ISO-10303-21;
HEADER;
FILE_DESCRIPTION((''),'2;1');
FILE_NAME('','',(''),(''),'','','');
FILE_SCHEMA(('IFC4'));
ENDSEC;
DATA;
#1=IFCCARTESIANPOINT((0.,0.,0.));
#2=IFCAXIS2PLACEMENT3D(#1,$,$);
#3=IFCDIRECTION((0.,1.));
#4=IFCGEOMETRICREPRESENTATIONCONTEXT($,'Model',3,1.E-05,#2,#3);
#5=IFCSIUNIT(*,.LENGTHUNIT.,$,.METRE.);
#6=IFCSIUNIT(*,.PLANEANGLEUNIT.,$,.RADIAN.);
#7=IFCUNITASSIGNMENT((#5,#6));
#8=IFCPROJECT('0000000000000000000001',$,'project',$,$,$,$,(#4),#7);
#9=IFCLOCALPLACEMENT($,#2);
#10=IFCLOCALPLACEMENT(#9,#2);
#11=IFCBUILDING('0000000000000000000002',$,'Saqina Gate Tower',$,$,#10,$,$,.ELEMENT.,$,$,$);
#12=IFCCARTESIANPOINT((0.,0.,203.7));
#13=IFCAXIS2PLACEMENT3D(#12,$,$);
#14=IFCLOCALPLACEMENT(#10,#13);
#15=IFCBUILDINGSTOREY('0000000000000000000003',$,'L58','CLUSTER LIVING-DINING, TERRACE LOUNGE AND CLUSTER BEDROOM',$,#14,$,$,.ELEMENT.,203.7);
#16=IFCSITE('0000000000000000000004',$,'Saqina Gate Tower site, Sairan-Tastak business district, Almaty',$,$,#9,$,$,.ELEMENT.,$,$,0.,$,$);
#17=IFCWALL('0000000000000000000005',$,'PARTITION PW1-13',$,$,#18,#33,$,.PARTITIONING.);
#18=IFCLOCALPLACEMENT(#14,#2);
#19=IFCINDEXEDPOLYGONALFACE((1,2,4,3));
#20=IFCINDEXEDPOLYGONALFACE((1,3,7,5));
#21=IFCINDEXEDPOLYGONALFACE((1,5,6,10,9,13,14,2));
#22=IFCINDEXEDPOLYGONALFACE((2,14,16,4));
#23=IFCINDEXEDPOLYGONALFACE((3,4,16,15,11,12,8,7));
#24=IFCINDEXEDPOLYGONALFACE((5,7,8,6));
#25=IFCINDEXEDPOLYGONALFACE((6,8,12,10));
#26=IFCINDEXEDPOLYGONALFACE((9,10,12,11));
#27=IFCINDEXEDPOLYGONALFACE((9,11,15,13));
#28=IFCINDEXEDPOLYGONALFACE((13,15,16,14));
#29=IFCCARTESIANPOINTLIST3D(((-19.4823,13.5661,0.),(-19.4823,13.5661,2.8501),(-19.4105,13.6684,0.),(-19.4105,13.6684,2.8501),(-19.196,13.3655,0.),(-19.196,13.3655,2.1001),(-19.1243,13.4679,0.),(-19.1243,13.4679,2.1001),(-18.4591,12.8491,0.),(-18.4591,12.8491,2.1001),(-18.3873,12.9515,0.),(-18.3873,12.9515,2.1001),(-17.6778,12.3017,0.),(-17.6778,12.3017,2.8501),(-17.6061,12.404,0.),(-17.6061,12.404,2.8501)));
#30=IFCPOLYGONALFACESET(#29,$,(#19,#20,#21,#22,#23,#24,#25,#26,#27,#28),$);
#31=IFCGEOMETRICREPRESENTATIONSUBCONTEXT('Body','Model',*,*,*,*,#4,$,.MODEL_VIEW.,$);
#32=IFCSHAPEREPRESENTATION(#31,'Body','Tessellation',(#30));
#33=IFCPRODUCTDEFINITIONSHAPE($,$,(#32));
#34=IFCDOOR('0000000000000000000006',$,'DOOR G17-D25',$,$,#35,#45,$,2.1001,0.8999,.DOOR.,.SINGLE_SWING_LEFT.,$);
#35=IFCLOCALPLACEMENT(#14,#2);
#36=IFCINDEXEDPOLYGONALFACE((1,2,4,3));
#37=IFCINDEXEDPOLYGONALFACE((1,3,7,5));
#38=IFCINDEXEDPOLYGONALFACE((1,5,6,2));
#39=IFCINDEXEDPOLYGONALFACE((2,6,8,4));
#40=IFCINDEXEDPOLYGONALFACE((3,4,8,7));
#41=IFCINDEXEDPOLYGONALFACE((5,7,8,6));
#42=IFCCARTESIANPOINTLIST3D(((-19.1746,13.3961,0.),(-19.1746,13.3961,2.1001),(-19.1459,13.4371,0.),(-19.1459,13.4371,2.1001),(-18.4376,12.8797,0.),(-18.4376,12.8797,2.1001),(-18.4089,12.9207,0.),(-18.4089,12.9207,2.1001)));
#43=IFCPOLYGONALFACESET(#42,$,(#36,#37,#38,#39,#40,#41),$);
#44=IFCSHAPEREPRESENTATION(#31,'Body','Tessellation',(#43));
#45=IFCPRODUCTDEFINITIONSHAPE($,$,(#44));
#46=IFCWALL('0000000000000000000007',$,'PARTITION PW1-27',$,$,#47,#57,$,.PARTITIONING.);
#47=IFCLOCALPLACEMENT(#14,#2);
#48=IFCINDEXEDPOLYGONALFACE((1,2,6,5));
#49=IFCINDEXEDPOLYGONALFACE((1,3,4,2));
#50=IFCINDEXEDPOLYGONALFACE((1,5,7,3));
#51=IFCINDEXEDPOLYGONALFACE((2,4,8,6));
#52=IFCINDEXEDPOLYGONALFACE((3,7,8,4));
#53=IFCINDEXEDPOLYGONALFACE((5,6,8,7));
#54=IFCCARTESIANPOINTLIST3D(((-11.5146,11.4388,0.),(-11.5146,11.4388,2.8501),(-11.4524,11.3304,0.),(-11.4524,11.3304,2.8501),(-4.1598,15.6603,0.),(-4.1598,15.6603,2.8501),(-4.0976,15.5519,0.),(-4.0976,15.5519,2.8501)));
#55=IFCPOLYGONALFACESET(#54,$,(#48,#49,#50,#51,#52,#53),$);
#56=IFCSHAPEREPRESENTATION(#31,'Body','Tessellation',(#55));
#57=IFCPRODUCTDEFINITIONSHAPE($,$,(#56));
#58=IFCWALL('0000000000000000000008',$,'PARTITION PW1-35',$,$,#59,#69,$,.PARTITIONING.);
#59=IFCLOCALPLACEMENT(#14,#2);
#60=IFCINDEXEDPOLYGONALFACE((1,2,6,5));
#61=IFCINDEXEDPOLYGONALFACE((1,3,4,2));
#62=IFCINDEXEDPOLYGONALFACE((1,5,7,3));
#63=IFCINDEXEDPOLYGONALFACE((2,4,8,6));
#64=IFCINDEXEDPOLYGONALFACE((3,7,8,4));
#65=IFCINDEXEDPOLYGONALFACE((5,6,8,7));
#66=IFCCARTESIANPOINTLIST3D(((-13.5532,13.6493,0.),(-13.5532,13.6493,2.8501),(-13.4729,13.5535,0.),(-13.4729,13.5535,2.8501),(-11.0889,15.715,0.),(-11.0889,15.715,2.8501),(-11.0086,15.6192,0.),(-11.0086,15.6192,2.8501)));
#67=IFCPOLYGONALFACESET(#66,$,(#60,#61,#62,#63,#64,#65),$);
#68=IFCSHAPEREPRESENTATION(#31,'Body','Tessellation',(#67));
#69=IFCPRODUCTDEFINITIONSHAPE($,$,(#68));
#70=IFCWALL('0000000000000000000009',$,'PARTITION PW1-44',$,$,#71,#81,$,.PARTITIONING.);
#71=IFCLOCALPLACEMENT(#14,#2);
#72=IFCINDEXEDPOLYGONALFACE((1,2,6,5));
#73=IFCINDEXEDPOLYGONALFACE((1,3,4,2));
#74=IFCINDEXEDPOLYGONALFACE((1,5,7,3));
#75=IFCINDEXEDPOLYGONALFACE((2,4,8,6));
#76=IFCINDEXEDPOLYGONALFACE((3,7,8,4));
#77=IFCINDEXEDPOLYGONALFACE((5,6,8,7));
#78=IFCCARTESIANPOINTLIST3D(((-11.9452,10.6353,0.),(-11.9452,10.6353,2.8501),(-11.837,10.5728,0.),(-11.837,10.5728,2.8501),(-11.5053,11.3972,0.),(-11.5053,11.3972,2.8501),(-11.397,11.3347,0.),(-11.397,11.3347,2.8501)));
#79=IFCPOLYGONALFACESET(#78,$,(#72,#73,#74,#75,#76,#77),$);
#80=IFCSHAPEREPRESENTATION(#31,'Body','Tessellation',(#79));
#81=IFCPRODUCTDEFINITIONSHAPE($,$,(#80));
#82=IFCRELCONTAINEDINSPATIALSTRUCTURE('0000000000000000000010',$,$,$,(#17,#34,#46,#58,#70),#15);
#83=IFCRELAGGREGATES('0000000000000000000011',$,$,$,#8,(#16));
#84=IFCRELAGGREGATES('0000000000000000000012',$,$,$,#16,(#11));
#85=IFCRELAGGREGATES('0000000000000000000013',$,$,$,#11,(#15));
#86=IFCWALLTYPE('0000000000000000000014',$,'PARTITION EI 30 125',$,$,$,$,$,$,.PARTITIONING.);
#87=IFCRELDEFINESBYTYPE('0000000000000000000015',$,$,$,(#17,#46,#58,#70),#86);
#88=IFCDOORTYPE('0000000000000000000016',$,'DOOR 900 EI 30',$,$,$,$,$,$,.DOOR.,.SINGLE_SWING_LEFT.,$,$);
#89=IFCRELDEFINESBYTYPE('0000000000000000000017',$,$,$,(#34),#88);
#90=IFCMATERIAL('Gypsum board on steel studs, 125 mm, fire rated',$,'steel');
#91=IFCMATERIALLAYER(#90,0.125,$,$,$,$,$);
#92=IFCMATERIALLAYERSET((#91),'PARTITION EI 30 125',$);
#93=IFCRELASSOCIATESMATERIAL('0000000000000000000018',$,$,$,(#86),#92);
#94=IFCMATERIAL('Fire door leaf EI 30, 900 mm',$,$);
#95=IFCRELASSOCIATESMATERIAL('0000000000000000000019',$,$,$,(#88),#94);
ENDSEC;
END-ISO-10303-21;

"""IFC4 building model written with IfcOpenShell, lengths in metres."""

from ifc_helpers import new_model, si_unit, direction, frame, frame_2d, origin, place, context, subcontext, project, spatial, rectangle, extrude, material, layer, layer_set, type_object, element, fill, save


model = new_model("IFC4")

# Units and contexts
model_context = context("Model", 3, precision=1e-05, world=origin(), true_north=direction((0.0, 1.0)))
body_context = subcontext(model_context, "Body", "Model", "MODEL_VIEW")
ifc_project = project(units=[si_unit("LENGTHUNIT", "METRE"), si_unit("PLANEANGLEUNIT", "RADIAN")], contexts=[model_context])

# Site, building, storey
site_placement = place(None, origin())
site = spatial("IfcSite", under=ifc_project, at=site_placement, Name="Saqina Gate Tower site, Sairan-Tastak business district, Almaty", CompositionType="ELEMENT", RefElevation=0.0)
building_placement = place(site_placement, origin())
building = spatial("IfcBuilding", under=site, at=building_placement, Name="Saqina Gate Tower", CompositionType="ELEMENT")
storey_placement = place(building_placement, frame((0.0, 0.0, 203.7)))
storey = spatial("IfcBuildingStorey", under=building, at=storey_placement, Name="L58", Description="CLUSTER LIVING-DINING, TERRACE LOUNGE AND CLUSTER BEDROOM", CompositionType="ELEMENT", Elevation=203.7)

# Shared definitions
ifc_material_1 = material(Name="Gypsum board on steel studs, 125 mm, fire rated", Category="steel")
ifc_layer_1 = layer(ifc_material_1, 0.125)
ifc_layer_set_1 = layer_set([ifc_layer_1], Name="PARTITION EI 30 125")
wall_type_1 = type_object("IfcWallType", Name="PARTITION EI 30 125", PredefinedType="PARTITIONING", material=ifc_layer_set_1)

# Wall, opening, door
wall_1_placement = place(storey_placement, frame((-19.4463, 13.6172, 0.0), z_axis=(0.0, 0.0, 1.0), x_axis=(0.818956, -0.573856, 0.0)))
wall_1 = element("IfcWall", 1, at=wall_1_placement, inside=storey, type_object=wall_type_1, Name="PARTITION PW1-13", PredefinedType="PARTITIONING", context=body_context, shape_type="SweptSolid", body=[
    extrude(rectangle(XDim=2.2034, YDim=0.125, at=frame_2d((1.1016, 0.0))), origin(), (0.0, 0.0, 1.0), 2.8501),
])
opening_1_placement = place(wall_1_placement, frame((0.3494, 0.0, 0.0)))
opening_1 = element("IfcOpeningElement", 2, at=opening_1_placement, cuts=wall_1, PredefinedType="OPENING", context=body_context, shape_type="SweptSolid", body=[
    extrude(rectangle(XDim=0.8999, YDim=2.1001, at=frame_2d((0.45, 1.05))), frame((0.0, 0.0745, 0.0), z_axis=(0.0, -1.0, 0.0), x_axis=(1.0, 0.0, 0.0)), (0.0, 0.0, 1.0), 0.1489),
])
ifc_material_2 = material(Name="Fire door leaf EI 30, 900 mm")
door_type_1 = type_object("IfcDoorType", Name="DOOR 900 EI 30", OperationType="SINGLE_SWING_LEFT", PredefinedType="DOOR", material=ifc_material_2)
door_1_placement = place(opening_1_placement, origin())
door_1 = element("IfcDoor", 3, at=door_1_placement, inside=storey, type_object=door_type_1, Name="DOOR G17-D25", OperationType="SINGLE_SWING_LEFT", OverallHeight=2.1001, OverallWidth=0.8999, PredefinedType="DOOR", context=body_context, shape_type="SweptSolid", body=[
    extrude(rectangle(XDim=0.8999, YDim=2.1001, at=frame_2d((0.45, 1.05))), frame((0.0, 0.0249, 0.0), z_axis=(0.0, -1.0, 0.0), x_axis=(1.0, 0.0, 0.0)), (0.0, 0.0, 1.0), 0.05),
])
fill(opening_1, door_1)

# Walls
wall_2_placement = place(storey_placement, frame((-11.4836, 11.3845, 0.0), z_axis=(0.0, 0.0, 1.0), x_axis=(0.86729, 0.497803, 0.0)))
element("IfcWall", 4, at=wall_2_placement, inside=storey, type_object=wall_type_1, Name="PARTITION PW1-27", PredefinedType="PARTITIONING", context=body_context, shape_type="SweptSolid", body=[
    extrude(rectangle(XDim=8.4802, YDim=0.125, at=frame_2d((4.2402, 0.0))), origin(), (0.0, 0.0, 1.0), 2.8501),
])
wall_3_placement = place(storey_placement, frame((-13.5132, 13.6013, 0.0), z_axis=(0.0, 0.0, 1.0), x_axis=(0.766376, 0.642392, 0.0)))
element("IfcWall", 5, at=wall_3_placement, inside=storey, type_object=wall_type_1, Name="PARTITION PW1-35", PredefinedType="PARTITIONING", context=body_context, shape_type="SweptSolid", body=[
    extrude(rectangle(XDim=3.2156, YDim=0.125, at=frame_2d((1.6079, 0.0))), origin(), (0.0, 0.0, 1.0), 2.8501),
])
wall_4_placement = place(storey_placement, frame((-11.8911, 10.604, 0.0), z_axis=(0.0, 0.0, 1.0), x_axis=(0.500019, 0.866015, 0.0)))
element("IfcWall", 6, at=wall_4_placement, inside=storey, type_object=wall_type_1, Name="PARTITION PW1-44", PredefinedType="PARTITIONING", context=body_context, shape_type="SweptSolid", body=[
    extrude(rectangle(XDim=0.8799, YDim=0.125, at=frame_2d((0.4399, 0.0))), origin(), (0.0, 0.0, 1.0), 2.8501),
])

save(model, "model.ifc")
